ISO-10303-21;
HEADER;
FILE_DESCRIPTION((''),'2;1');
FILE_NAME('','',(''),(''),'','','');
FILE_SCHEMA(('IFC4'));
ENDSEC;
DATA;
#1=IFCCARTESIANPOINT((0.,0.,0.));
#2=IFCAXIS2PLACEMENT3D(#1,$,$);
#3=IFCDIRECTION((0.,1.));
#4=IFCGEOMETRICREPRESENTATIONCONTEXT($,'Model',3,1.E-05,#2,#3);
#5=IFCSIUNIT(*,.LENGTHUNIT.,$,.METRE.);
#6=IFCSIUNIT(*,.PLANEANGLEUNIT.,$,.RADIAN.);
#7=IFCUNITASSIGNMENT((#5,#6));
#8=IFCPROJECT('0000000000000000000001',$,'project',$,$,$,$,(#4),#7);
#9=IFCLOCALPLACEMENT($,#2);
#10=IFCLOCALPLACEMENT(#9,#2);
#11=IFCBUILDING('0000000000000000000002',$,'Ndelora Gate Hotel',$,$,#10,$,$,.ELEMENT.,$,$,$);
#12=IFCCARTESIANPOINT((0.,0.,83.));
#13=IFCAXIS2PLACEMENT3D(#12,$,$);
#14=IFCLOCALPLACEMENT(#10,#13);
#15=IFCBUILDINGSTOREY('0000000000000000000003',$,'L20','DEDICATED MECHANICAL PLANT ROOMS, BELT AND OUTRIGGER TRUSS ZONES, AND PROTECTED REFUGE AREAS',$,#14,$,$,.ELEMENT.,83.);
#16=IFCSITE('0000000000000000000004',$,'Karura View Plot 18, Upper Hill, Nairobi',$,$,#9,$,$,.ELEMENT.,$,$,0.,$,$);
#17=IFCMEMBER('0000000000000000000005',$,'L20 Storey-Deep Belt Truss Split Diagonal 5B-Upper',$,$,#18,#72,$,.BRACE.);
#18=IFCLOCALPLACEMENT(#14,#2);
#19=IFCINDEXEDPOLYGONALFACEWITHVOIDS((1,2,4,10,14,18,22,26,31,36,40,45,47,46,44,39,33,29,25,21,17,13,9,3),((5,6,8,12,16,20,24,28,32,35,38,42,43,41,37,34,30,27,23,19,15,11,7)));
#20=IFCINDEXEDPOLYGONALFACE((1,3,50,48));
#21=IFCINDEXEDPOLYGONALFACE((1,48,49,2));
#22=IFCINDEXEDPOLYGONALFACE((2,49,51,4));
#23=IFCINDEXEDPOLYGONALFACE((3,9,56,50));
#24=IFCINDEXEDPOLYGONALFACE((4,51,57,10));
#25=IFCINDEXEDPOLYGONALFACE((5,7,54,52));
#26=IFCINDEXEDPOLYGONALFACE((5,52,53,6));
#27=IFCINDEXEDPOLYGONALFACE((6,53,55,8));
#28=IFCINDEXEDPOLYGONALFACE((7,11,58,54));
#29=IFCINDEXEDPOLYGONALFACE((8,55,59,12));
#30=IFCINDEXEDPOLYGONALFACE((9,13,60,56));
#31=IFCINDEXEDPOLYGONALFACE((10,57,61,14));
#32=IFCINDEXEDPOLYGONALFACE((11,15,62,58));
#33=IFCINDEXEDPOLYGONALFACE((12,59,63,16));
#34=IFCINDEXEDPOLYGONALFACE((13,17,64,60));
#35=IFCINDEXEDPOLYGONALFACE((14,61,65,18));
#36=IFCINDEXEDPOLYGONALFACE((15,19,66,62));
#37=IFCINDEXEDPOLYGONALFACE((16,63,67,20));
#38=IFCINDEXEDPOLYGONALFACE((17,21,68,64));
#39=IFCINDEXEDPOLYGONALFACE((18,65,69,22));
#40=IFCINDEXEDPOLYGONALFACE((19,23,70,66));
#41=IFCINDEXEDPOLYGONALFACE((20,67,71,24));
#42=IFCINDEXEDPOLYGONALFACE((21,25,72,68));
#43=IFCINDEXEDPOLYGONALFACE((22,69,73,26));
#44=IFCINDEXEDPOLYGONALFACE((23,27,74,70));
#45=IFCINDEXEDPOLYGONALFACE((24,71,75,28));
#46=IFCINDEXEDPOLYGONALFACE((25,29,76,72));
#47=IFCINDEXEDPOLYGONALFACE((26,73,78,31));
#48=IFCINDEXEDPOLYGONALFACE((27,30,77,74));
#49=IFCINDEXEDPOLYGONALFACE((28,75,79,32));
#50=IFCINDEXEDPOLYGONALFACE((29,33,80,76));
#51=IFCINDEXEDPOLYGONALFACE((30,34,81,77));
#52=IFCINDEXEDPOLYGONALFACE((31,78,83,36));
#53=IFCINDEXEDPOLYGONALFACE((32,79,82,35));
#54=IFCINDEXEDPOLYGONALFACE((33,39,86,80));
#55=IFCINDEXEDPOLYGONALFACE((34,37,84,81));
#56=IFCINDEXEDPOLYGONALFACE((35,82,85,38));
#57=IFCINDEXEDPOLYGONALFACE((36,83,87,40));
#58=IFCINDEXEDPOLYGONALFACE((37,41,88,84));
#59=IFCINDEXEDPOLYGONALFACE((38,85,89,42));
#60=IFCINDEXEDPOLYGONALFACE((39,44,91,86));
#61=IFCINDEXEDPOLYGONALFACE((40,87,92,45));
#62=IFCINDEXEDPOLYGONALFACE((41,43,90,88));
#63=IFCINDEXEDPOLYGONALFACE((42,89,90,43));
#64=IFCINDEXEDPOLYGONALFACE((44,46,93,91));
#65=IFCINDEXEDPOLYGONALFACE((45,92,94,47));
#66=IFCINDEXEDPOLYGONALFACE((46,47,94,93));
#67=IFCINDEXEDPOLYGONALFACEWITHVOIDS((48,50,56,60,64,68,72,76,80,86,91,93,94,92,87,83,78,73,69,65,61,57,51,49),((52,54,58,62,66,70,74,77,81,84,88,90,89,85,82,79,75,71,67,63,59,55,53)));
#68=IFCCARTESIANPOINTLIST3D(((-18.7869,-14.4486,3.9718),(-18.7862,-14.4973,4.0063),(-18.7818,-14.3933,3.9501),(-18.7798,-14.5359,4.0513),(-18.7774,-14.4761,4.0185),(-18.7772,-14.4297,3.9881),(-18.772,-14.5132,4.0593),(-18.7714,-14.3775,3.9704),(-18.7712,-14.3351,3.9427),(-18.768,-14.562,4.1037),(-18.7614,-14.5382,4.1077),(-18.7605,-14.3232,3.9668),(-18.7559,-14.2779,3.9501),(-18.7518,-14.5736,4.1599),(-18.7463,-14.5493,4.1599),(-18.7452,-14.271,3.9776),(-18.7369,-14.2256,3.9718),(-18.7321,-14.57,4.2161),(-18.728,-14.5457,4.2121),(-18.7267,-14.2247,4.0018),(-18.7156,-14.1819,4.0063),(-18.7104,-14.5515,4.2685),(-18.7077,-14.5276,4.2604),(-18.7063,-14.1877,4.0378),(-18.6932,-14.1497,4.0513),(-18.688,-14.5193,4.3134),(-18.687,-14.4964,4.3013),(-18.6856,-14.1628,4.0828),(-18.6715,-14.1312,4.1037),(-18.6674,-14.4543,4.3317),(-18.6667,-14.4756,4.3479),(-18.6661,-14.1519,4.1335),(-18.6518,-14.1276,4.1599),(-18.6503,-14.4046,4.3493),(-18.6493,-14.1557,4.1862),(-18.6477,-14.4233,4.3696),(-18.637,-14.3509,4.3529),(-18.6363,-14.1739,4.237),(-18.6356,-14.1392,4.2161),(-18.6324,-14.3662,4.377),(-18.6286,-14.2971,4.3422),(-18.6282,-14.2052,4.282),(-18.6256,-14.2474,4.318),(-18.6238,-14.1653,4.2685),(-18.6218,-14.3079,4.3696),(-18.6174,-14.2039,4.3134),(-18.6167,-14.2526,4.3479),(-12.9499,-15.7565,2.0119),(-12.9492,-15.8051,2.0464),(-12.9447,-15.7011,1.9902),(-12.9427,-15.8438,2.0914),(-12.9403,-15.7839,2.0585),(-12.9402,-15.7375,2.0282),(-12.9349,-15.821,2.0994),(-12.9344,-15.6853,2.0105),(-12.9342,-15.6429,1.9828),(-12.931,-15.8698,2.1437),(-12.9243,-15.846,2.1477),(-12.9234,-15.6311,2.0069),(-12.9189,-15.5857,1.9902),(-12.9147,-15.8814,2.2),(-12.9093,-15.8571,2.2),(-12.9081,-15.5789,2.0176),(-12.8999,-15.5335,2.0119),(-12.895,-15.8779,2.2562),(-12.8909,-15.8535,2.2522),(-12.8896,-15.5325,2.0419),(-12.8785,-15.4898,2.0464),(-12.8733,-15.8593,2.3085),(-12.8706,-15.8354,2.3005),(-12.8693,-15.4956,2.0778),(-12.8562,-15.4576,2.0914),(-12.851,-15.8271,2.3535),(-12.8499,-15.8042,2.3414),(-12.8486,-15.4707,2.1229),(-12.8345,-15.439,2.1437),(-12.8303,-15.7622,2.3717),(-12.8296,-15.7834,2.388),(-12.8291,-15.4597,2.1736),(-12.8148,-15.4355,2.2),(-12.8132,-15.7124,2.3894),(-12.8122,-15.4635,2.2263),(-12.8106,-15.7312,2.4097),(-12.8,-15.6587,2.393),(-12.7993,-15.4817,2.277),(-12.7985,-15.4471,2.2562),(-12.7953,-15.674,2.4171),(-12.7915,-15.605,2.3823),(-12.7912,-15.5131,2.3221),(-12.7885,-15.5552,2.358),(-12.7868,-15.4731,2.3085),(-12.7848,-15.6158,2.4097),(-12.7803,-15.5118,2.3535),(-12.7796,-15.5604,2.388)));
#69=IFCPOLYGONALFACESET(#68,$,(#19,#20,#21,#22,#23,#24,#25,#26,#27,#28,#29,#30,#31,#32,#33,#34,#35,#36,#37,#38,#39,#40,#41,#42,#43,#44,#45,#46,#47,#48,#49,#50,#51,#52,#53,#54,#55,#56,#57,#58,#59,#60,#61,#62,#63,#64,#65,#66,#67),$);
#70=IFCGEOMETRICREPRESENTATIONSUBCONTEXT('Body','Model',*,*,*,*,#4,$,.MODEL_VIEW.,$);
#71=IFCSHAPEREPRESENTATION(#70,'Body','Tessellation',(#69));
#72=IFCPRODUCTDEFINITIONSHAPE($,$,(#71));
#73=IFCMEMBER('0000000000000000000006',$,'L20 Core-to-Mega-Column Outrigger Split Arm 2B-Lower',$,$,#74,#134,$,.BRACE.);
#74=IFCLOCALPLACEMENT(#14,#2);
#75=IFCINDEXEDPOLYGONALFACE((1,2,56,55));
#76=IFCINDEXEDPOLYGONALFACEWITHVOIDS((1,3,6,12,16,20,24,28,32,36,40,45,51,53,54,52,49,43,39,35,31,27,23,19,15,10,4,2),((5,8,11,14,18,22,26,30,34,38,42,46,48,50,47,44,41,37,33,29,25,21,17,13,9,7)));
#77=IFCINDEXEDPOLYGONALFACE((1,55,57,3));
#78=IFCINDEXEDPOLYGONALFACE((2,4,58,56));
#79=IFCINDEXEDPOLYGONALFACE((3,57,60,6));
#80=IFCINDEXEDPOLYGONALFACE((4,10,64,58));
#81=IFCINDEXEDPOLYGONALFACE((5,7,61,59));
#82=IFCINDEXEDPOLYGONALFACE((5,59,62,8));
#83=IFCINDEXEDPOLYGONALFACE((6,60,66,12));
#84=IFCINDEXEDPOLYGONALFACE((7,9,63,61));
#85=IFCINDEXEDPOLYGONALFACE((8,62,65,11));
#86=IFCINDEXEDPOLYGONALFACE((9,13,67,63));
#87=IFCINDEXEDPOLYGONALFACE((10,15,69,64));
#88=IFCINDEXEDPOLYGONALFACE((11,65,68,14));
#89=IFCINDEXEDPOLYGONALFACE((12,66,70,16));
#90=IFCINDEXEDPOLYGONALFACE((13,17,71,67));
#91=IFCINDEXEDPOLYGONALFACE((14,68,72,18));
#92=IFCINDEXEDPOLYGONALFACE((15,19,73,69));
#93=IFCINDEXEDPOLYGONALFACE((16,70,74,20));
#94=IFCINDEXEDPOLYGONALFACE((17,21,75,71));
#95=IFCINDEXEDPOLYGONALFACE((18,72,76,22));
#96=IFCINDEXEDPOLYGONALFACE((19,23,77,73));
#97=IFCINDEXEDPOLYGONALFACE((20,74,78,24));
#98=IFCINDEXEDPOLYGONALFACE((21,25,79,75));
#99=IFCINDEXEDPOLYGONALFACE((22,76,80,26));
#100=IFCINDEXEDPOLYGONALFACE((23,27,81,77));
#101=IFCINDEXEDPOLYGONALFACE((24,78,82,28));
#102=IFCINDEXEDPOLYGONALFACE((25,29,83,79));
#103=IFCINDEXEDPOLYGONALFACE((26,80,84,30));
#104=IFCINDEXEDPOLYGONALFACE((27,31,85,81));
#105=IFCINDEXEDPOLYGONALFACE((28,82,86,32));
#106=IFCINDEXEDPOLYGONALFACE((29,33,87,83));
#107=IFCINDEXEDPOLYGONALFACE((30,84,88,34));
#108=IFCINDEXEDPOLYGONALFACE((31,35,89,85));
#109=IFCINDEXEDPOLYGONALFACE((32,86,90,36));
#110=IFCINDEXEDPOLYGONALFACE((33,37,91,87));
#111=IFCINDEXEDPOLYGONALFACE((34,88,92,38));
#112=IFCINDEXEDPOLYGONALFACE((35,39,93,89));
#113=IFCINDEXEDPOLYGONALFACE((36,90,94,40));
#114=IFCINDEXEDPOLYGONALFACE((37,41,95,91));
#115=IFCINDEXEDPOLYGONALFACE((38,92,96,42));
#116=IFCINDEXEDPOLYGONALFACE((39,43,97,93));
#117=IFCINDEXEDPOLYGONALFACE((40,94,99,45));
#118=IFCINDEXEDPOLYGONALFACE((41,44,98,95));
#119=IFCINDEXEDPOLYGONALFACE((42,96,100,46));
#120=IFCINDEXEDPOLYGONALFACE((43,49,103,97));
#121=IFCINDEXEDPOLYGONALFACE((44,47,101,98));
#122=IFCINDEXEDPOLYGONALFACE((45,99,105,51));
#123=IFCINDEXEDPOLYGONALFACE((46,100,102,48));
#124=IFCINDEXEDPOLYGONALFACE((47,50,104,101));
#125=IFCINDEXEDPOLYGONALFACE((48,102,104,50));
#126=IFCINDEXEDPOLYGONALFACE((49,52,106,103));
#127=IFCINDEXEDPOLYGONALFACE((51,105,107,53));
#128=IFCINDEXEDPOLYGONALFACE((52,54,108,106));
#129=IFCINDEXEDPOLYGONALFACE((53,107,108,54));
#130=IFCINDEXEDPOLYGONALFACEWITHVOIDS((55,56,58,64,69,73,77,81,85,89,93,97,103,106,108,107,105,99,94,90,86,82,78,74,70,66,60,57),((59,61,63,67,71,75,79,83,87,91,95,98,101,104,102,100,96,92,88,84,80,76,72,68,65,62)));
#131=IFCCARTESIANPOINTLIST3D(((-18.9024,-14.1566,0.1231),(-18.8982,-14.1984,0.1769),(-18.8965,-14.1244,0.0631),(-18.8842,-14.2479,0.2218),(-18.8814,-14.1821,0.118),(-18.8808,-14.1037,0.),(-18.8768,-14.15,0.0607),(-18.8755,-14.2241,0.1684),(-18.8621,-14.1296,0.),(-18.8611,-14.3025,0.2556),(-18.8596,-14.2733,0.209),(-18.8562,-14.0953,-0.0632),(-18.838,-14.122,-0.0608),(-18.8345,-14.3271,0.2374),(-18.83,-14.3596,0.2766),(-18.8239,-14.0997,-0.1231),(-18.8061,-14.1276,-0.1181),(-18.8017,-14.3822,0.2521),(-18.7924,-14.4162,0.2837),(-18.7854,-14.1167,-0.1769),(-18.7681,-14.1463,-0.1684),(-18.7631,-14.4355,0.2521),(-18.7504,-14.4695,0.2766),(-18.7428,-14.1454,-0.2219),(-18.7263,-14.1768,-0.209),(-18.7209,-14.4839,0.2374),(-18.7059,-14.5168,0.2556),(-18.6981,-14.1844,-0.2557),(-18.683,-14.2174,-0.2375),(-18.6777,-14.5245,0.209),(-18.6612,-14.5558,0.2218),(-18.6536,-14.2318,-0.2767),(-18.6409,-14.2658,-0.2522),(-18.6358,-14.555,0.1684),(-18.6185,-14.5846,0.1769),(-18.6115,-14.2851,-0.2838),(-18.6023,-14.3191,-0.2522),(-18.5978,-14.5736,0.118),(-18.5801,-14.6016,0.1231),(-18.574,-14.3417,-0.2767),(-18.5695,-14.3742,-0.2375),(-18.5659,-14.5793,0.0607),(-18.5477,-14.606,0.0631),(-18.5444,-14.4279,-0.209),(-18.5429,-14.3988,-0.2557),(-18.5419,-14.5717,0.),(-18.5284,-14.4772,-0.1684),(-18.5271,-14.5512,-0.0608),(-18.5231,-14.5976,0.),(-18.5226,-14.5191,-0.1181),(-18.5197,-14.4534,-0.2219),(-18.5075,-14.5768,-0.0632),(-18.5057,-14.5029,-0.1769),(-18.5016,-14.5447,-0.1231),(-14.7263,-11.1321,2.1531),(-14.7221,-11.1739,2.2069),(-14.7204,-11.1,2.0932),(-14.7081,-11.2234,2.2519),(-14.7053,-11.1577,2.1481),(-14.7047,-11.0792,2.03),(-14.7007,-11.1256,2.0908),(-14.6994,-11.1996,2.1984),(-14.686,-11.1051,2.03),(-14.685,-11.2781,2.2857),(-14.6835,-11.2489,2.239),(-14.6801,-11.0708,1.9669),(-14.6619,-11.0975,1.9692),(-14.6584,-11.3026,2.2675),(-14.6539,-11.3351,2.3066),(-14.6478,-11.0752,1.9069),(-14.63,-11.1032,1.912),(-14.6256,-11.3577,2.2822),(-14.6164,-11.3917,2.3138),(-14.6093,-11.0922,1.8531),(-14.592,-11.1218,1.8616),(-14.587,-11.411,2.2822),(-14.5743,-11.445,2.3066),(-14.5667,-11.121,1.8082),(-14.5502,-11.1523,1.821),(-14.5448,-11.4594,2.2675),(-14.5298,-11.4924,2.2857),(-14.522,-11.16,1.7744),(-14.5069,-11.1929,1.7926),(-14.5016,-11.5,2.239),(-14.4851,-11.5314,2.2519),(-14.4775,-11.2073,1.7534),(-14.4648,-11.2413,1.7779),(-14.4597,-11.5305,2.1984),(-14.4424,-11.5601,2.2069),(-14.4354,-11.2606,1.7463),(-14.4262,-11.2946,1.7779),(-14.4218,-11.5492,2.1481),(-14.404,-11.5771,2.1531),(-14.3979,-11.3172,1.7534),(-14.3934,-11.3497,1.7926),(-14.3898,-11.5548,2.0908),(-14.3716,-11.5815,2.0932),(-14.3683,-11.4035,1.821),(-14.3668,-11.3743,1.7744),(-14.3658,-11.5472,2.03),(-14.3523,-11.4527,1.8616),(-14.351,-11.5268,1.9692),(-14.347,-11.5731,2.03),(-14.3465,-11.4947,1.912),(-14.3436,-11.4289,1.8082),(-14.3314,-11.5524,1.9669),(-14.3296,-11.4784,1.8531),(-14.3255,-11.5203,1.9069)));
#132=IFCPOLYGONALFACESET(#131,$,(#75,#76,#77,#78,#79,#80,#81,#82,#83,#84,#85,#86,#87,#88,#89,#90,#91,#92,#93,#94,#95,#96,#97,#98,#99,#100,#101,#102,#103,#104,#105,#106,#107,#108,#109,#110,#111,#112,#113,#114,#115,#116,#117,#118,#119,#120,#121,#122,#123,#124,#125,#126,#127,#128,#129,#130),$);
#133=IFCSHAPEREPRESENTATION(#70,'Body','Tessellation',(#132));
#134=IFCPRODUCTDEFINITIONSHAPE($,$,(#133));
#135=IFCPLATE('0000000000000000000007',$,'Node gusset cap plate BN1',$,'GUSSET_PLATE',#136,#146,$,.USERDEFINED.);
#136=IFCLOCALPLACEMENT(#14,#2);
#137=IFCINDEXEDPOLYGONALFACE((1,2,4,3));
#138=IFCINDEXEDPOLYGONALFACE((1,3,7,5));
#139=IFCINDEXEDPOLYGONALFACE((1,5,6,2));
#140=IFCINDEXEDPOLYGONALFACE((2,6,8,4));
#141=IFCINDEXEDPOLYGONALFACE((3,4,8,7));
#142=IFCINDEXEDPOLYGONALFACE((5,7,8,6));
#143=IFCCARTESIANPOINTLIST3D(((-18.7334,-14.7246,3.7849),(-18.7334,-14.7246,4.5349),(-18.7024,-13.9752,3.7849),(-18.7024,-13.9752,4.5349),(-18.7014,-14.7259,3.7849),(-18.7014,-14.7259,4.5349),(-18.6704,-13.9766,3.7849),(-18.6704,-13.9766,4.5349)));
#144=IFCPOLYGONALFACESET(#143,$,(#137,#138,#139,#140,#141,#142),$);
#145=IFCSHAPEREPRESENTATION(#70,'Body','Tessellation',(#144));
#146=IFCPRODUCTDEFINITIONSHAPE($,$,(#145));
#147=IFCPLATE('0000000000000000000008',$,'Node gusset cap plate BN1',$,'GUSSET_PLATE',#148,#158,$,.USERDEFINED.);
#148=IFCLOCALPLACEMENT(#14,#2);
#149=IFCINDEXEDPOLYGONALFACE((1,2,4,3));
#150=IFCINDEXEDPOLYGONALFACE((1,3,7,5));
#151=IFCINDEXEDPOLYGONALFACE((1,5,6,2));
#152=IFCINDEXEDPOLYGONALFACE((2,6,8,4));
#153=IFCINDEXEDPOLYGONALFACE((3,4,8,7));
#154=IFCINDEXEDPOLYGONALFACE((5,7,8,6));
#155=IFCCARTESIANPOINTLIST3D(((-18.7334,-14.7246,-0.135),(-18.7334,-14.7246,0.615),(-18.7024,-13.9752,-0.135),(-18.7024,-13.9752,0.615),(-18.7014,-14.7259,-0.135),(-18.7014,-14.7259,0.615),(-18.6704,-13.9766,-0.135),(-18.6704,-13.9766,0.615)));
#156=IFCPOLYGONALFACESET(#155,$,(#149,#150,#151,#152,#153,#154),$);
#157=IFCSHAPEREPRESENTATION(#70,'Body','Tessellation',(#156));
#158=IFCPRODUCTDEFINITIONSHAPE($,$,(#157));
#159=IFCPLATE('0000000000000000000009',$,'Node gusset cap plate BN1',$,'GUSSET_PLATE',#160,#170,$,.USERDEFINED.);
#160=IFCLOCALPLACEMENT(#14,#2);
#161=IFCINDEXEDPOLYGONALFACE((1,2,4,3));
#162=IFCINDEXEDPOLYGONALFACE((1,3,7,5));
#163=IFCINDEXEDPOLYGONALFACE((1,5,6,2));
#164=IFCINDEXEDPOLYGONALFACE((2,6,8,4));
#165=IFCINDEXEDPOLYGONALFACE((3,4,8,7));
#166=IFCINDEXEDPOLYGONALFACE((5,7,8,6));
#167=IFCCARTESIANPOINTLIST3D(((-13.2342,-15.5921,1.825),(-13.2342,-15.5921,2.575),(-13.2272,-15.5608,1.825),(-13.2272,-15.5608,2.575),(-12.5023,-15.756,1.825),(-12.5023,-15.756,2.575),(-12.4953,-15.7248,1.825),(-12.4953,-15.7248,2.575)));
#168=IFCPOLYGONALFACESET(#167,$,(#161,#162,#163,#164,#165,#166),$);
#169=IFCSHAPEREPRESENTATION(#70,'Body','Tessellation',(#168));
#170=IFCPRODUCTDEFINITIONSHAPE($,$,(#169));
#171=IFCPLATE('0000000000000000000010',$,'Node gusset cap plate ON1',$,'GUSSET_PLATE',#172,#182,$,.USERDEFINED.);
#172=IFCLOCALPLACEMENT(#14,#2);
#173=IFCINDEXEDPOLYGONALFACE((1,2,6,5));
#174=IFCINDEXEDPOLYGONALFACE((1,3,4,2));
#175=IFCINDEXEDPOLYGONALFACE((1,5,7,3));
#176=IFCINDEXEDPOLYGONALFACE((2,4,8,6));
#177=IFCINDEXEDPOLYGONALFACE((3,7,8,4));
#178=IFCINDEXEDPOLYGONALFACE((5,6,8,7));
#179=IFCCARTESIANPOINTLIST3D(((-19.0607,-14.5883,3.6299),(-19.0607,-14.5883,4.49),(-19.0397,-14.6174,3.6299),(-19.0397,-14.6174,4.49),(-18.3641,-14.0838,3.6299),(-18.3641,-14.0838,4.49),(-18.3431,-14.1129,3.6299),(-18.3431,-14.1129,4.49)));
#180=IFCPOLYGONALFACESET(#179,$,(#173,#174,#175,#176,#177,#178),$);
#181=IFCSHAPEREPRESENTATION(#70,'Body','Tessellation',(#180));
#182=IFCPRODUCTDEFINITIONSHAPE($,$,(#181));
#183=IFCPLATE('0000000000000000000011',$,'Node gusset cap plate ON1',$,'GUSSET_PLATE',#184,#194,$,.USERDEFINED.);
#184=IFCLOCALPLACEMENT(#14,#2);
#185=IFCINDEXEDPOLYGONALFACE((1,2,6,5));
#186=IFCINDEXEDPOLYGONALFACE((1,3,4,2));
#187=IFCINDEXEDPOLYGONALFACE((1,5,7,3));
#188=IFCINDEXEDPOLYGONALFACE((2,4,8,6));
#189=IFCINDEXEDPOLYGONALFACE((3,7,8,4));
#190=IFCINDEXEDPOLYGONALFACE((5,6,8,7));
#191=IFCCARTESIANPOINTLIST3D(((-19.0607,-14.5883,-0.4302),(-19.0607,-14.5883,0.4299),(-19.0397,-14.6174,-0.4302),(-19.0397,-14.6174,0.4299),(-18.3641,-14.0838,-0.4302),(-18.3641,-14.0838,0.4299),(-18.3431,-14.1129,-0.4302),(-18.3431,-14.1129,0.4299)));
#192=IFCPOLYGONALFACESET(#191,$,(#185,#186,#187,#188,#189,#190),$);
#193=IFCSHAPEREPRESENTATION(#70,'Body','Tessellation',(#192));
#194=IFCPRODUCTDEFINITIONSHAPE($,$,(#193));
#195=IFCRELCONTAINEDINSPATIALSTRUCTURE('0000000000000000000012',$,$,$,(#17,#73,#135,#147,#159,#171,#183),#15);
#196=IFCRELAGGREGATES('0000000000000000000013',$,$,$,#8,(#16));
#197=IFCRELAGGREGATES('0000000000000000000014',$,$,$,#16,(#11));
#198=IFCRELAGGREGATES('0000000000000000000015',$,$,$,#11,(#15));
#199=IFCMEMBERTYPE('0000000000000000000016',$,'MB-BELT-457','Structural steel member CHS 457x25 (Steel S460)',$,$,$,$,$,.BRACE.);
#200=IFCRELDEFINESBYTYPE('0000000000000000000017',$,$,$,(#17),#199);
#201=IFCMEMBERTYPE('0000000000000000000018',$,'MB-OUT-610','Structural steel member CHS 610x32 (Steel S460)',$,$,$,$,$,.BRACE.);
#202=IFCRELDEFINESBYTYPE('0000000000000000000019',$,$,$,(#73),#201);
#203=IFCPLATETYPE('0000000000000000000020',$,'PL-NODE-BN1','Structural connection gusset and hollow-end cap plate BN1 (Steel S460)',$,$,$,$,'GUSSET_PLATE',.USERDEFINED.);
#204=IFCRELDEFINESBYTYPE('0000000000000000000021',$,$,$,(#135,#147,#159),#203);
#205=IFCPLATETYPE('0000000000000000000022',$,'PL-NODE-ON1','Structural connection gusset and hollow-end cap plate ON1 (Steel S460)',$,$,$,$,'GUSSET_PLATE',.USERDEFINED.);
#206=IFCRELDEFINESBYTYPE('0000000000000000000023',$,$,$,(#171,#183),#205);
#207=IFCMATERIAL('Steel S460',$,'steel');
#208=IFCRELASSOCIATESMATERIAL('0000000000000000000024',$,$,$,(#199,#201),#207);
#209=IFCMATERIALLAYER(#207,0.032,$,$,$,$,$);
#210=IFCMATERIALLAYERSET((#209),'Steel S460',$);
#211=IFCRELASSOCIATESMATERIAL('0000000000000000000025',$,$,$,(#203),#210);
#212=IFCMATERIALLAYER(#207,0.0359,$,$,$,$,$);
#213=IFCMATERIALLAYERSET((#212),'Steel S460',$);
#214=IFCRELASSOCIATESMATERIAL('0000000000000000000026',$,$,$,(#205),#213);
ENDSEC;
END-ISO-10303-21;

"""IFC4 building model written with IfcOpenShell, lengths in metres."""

from ifc_helpers import new_model, si_unit, direction, frame, origin, origin_2d, place, context, subcontext, project, spatial, rectangle, hollow_circle, extrude, material, layer, layer_set, material_profile, profile_set, type_object, element, save


model = new_model("IFC4")

# Units and contexts
model_context = context("Model", 3, precision=1e-05, world=origin(), true_north=direction((0.0, 1.0)))
body_context = subcontext(model_context, "Body", "Model", "MODEL_VIEW")
ifc_project = project(units=[si_unit("LENGTHUNIT", "METRE"), si_unit("PLANEANGLEUNIT", "RADIAN")], contexts=[model_context])

# Site, building, storey
site_placement = place(None, origin())
site = spatial("IfcSite", under=ifc_project, at=site_placement, Name="Karura View Plot 18, Upper Hill, Nairobi", CompositionType="ELEMENT", RefElevation=0.0)
building_placement = place(site_placement, origin())
building = spatial("IfcBuilding", under=site, at=building_placement, Name="Ndelora Gate Hotel", CompositionType="ELEMENT")
storey_placement = place(building_placement, frame((0.0, 0.0, 83.0)))
storey = spatial("IfcBuildingStorey", under=building, at=storey_placement, Name="L20", Description="DEDICATED MECHANICAL PLANT ROOMS, BELT AND OUTRIGGER TRUSS ZONES, AND PROTECTED REFUGE AREAS", CompositionType="ELEMENT", Elevation=83.0)

# Shared definitions
ifc_material_1 = material(Name="Steel S460", Category="steel")

# Members
ifc_material_profile_1 = material_profile(ifc_material_1, hollow_circle(Radius=0.2285, WallThickness=0.0249, at=origin_2d()), Name="CHS 457x25")
ifc_profile_set_1 = profile_set([ifc_material_profile_1], Name="Steel S460")
member_type_1 = type_object("IfcMemberType", Name="MB-BELT-457", Description="Structural steel member CHS 457x25 (Steel S460)", PredefinedType="BRACE", material=ifc_profile_set_1)
member_1_placement = place(storey_placement, frame((-12.8647, -15.6584, 2.2), z_axis=(-0.9273, 0.207769, 0.311362), x_axis=(-0.218637, -0.975806, 0.0)))
element("IfcMember", 1, at=member_1_placement, inside=storey, type_object=member_type_1, Name="L20 Storey-Deep Belt Truss Split Diagonal 5B-Upper", PredefinedType="BRACE", context=body_context, shape_type="SweptSolid", body=[
    extrude(hollow_circle(Radius=0.2285, WallThickness=0.0249, at=origin_2d()), origin(), (0.0, 0.0, 1.0), 6.2947),
])
ifc_material_profile_2 = material_profile(ifc_material_1, hollow_circle(Radius=0.3049, WallThickness=0.032, at=origin_2d()), Name="CHS 610x32")
ifc_profile_set_2 = profile_set([ifc_material_profile_2], Name="Steel S460")
member_type_2 = type_object("IfcMemberType", Name="MB-OUT-610", Description="Structural steel member CHS 610x32 (Steel S460)", PredefinedType="BRACE", material=ifc_profile_set_2)
member_2_placement = place(storey_placement, frame((-14.5259, -11.3262, 2.03), z_axis=(-0.753603, -0.545784, -0.366338), x_axis=(0.58656, -0.809906, 0.0)))
element("IfcMember", 2, at=member_2_placement, inside=storey, type_object=member_type_2, Name="L20 Core-to-Mega-Column Outrigger Split Arm 2B-Lower", PredefinedType="BRACE", context=body_context, shape_type="SweptSolid", body=[
    extrude(hollow_circle(Radius=0.3049, WallThickness=0.032, at=origin_2d()), origin(), (0.0, 0.0, 1.0), 5.5415),
])

# Plates
ifc_layer_1 = layer(ifc_material_1, 0.032)
ifc_layer_set_1 = layer_set([ifc_layer_1], Name="Steel S460")
plate_type_1 = type_object("IfcPlateType", Name="PL-NODE-BN1", Description="Structural connection gusset and hollow-end cap plate BN1 (Steel S460)", ElementType="GUSSET_PLATE", PredefinedType="USERDEFINED", material=ifc_layer_set_1)
for number, where, z_axis, x_axis, name in (
    (3, (-18.7019, -14.3506, 3.7849), (0.0, 0.0, 1.0), (0.041353, 0.999145, 0.0), "Node gusset cap plate BN1"),
    (4, (-18.7019, -14.3506, -0.135), (0.0, 0.0, 1.0), (0.041353, 0.999145, 0.0), "Node gusset cap plate BN1"),
    (5, (-12.8647, -15.6584, 1.825), (0.0, 0.0, 1.0), (-0.975802, 0.218654, 0.0), "Node gusset cap plate BN1"),
):
    element("IfcPlate", number, at=place(storey_placement, frame(where, z_axis=z_axis, x_axis=x_axis)), inside=storey, type_object=plate_type_1, Name=name, ObjectType="GUSSET_PLATE", PredefinedType="USERDEFINED", context=body_context, shape_type="SweptSolid", body=[
        extrude(rectangle(XDim=0.75, YDim=0.032, at=origin_2d()), origin(), (0.0, 0.0, 1.0), 0.75),
    ])
ifc_layer_2 = layer(ifc_material_1, 0.0359)
ifc_layer_set_2 = layer_set([ifc_layer_2], Name="Steel S460")
plate_type_2 = type_object("IfcPlateType", Name="PL-NODE-ON1", Description="Structural connection gusset and hollow-end cap plate ON1 (Steel S460)", ElementType="GUSSET_PLATE", PredefinedType="USERDEFINED", material=ifc_layer_set_2)
for number, where, z_axis, x_axis, name in (
    (6, (-18.7019, -14.3506, 3.6299), (0.0, 0.0, 1.0), (0.809939, 0.586514, 0.0), "Node gusset cap plate ON1"),
    (7, (-18.7019, -14.3506, -0.4302), (0.0, 0.0, 1.0), (0.809939, 0.586514, 0.0), "Node gusset cap plate ON1"),
):
    element("IfcPlate", number, at=place(storey_placement, frame(where, z_axis=z_axis, x_axis=x_axis)), inside=storey, type_object=plate_type_2, Name=name, ObjectType="GUSSET_PLATE", PredefinedType="USERDEFINED", context=body_context, shape_type="SweptSolid", body=[
        extrude(rectangle(XDim=0.8601, YDim=0.0359, at=origin_2d()), origin(), (0.0, 0.0, 1.0), 0.8601),
    ])

save(model, "model.ifc")
